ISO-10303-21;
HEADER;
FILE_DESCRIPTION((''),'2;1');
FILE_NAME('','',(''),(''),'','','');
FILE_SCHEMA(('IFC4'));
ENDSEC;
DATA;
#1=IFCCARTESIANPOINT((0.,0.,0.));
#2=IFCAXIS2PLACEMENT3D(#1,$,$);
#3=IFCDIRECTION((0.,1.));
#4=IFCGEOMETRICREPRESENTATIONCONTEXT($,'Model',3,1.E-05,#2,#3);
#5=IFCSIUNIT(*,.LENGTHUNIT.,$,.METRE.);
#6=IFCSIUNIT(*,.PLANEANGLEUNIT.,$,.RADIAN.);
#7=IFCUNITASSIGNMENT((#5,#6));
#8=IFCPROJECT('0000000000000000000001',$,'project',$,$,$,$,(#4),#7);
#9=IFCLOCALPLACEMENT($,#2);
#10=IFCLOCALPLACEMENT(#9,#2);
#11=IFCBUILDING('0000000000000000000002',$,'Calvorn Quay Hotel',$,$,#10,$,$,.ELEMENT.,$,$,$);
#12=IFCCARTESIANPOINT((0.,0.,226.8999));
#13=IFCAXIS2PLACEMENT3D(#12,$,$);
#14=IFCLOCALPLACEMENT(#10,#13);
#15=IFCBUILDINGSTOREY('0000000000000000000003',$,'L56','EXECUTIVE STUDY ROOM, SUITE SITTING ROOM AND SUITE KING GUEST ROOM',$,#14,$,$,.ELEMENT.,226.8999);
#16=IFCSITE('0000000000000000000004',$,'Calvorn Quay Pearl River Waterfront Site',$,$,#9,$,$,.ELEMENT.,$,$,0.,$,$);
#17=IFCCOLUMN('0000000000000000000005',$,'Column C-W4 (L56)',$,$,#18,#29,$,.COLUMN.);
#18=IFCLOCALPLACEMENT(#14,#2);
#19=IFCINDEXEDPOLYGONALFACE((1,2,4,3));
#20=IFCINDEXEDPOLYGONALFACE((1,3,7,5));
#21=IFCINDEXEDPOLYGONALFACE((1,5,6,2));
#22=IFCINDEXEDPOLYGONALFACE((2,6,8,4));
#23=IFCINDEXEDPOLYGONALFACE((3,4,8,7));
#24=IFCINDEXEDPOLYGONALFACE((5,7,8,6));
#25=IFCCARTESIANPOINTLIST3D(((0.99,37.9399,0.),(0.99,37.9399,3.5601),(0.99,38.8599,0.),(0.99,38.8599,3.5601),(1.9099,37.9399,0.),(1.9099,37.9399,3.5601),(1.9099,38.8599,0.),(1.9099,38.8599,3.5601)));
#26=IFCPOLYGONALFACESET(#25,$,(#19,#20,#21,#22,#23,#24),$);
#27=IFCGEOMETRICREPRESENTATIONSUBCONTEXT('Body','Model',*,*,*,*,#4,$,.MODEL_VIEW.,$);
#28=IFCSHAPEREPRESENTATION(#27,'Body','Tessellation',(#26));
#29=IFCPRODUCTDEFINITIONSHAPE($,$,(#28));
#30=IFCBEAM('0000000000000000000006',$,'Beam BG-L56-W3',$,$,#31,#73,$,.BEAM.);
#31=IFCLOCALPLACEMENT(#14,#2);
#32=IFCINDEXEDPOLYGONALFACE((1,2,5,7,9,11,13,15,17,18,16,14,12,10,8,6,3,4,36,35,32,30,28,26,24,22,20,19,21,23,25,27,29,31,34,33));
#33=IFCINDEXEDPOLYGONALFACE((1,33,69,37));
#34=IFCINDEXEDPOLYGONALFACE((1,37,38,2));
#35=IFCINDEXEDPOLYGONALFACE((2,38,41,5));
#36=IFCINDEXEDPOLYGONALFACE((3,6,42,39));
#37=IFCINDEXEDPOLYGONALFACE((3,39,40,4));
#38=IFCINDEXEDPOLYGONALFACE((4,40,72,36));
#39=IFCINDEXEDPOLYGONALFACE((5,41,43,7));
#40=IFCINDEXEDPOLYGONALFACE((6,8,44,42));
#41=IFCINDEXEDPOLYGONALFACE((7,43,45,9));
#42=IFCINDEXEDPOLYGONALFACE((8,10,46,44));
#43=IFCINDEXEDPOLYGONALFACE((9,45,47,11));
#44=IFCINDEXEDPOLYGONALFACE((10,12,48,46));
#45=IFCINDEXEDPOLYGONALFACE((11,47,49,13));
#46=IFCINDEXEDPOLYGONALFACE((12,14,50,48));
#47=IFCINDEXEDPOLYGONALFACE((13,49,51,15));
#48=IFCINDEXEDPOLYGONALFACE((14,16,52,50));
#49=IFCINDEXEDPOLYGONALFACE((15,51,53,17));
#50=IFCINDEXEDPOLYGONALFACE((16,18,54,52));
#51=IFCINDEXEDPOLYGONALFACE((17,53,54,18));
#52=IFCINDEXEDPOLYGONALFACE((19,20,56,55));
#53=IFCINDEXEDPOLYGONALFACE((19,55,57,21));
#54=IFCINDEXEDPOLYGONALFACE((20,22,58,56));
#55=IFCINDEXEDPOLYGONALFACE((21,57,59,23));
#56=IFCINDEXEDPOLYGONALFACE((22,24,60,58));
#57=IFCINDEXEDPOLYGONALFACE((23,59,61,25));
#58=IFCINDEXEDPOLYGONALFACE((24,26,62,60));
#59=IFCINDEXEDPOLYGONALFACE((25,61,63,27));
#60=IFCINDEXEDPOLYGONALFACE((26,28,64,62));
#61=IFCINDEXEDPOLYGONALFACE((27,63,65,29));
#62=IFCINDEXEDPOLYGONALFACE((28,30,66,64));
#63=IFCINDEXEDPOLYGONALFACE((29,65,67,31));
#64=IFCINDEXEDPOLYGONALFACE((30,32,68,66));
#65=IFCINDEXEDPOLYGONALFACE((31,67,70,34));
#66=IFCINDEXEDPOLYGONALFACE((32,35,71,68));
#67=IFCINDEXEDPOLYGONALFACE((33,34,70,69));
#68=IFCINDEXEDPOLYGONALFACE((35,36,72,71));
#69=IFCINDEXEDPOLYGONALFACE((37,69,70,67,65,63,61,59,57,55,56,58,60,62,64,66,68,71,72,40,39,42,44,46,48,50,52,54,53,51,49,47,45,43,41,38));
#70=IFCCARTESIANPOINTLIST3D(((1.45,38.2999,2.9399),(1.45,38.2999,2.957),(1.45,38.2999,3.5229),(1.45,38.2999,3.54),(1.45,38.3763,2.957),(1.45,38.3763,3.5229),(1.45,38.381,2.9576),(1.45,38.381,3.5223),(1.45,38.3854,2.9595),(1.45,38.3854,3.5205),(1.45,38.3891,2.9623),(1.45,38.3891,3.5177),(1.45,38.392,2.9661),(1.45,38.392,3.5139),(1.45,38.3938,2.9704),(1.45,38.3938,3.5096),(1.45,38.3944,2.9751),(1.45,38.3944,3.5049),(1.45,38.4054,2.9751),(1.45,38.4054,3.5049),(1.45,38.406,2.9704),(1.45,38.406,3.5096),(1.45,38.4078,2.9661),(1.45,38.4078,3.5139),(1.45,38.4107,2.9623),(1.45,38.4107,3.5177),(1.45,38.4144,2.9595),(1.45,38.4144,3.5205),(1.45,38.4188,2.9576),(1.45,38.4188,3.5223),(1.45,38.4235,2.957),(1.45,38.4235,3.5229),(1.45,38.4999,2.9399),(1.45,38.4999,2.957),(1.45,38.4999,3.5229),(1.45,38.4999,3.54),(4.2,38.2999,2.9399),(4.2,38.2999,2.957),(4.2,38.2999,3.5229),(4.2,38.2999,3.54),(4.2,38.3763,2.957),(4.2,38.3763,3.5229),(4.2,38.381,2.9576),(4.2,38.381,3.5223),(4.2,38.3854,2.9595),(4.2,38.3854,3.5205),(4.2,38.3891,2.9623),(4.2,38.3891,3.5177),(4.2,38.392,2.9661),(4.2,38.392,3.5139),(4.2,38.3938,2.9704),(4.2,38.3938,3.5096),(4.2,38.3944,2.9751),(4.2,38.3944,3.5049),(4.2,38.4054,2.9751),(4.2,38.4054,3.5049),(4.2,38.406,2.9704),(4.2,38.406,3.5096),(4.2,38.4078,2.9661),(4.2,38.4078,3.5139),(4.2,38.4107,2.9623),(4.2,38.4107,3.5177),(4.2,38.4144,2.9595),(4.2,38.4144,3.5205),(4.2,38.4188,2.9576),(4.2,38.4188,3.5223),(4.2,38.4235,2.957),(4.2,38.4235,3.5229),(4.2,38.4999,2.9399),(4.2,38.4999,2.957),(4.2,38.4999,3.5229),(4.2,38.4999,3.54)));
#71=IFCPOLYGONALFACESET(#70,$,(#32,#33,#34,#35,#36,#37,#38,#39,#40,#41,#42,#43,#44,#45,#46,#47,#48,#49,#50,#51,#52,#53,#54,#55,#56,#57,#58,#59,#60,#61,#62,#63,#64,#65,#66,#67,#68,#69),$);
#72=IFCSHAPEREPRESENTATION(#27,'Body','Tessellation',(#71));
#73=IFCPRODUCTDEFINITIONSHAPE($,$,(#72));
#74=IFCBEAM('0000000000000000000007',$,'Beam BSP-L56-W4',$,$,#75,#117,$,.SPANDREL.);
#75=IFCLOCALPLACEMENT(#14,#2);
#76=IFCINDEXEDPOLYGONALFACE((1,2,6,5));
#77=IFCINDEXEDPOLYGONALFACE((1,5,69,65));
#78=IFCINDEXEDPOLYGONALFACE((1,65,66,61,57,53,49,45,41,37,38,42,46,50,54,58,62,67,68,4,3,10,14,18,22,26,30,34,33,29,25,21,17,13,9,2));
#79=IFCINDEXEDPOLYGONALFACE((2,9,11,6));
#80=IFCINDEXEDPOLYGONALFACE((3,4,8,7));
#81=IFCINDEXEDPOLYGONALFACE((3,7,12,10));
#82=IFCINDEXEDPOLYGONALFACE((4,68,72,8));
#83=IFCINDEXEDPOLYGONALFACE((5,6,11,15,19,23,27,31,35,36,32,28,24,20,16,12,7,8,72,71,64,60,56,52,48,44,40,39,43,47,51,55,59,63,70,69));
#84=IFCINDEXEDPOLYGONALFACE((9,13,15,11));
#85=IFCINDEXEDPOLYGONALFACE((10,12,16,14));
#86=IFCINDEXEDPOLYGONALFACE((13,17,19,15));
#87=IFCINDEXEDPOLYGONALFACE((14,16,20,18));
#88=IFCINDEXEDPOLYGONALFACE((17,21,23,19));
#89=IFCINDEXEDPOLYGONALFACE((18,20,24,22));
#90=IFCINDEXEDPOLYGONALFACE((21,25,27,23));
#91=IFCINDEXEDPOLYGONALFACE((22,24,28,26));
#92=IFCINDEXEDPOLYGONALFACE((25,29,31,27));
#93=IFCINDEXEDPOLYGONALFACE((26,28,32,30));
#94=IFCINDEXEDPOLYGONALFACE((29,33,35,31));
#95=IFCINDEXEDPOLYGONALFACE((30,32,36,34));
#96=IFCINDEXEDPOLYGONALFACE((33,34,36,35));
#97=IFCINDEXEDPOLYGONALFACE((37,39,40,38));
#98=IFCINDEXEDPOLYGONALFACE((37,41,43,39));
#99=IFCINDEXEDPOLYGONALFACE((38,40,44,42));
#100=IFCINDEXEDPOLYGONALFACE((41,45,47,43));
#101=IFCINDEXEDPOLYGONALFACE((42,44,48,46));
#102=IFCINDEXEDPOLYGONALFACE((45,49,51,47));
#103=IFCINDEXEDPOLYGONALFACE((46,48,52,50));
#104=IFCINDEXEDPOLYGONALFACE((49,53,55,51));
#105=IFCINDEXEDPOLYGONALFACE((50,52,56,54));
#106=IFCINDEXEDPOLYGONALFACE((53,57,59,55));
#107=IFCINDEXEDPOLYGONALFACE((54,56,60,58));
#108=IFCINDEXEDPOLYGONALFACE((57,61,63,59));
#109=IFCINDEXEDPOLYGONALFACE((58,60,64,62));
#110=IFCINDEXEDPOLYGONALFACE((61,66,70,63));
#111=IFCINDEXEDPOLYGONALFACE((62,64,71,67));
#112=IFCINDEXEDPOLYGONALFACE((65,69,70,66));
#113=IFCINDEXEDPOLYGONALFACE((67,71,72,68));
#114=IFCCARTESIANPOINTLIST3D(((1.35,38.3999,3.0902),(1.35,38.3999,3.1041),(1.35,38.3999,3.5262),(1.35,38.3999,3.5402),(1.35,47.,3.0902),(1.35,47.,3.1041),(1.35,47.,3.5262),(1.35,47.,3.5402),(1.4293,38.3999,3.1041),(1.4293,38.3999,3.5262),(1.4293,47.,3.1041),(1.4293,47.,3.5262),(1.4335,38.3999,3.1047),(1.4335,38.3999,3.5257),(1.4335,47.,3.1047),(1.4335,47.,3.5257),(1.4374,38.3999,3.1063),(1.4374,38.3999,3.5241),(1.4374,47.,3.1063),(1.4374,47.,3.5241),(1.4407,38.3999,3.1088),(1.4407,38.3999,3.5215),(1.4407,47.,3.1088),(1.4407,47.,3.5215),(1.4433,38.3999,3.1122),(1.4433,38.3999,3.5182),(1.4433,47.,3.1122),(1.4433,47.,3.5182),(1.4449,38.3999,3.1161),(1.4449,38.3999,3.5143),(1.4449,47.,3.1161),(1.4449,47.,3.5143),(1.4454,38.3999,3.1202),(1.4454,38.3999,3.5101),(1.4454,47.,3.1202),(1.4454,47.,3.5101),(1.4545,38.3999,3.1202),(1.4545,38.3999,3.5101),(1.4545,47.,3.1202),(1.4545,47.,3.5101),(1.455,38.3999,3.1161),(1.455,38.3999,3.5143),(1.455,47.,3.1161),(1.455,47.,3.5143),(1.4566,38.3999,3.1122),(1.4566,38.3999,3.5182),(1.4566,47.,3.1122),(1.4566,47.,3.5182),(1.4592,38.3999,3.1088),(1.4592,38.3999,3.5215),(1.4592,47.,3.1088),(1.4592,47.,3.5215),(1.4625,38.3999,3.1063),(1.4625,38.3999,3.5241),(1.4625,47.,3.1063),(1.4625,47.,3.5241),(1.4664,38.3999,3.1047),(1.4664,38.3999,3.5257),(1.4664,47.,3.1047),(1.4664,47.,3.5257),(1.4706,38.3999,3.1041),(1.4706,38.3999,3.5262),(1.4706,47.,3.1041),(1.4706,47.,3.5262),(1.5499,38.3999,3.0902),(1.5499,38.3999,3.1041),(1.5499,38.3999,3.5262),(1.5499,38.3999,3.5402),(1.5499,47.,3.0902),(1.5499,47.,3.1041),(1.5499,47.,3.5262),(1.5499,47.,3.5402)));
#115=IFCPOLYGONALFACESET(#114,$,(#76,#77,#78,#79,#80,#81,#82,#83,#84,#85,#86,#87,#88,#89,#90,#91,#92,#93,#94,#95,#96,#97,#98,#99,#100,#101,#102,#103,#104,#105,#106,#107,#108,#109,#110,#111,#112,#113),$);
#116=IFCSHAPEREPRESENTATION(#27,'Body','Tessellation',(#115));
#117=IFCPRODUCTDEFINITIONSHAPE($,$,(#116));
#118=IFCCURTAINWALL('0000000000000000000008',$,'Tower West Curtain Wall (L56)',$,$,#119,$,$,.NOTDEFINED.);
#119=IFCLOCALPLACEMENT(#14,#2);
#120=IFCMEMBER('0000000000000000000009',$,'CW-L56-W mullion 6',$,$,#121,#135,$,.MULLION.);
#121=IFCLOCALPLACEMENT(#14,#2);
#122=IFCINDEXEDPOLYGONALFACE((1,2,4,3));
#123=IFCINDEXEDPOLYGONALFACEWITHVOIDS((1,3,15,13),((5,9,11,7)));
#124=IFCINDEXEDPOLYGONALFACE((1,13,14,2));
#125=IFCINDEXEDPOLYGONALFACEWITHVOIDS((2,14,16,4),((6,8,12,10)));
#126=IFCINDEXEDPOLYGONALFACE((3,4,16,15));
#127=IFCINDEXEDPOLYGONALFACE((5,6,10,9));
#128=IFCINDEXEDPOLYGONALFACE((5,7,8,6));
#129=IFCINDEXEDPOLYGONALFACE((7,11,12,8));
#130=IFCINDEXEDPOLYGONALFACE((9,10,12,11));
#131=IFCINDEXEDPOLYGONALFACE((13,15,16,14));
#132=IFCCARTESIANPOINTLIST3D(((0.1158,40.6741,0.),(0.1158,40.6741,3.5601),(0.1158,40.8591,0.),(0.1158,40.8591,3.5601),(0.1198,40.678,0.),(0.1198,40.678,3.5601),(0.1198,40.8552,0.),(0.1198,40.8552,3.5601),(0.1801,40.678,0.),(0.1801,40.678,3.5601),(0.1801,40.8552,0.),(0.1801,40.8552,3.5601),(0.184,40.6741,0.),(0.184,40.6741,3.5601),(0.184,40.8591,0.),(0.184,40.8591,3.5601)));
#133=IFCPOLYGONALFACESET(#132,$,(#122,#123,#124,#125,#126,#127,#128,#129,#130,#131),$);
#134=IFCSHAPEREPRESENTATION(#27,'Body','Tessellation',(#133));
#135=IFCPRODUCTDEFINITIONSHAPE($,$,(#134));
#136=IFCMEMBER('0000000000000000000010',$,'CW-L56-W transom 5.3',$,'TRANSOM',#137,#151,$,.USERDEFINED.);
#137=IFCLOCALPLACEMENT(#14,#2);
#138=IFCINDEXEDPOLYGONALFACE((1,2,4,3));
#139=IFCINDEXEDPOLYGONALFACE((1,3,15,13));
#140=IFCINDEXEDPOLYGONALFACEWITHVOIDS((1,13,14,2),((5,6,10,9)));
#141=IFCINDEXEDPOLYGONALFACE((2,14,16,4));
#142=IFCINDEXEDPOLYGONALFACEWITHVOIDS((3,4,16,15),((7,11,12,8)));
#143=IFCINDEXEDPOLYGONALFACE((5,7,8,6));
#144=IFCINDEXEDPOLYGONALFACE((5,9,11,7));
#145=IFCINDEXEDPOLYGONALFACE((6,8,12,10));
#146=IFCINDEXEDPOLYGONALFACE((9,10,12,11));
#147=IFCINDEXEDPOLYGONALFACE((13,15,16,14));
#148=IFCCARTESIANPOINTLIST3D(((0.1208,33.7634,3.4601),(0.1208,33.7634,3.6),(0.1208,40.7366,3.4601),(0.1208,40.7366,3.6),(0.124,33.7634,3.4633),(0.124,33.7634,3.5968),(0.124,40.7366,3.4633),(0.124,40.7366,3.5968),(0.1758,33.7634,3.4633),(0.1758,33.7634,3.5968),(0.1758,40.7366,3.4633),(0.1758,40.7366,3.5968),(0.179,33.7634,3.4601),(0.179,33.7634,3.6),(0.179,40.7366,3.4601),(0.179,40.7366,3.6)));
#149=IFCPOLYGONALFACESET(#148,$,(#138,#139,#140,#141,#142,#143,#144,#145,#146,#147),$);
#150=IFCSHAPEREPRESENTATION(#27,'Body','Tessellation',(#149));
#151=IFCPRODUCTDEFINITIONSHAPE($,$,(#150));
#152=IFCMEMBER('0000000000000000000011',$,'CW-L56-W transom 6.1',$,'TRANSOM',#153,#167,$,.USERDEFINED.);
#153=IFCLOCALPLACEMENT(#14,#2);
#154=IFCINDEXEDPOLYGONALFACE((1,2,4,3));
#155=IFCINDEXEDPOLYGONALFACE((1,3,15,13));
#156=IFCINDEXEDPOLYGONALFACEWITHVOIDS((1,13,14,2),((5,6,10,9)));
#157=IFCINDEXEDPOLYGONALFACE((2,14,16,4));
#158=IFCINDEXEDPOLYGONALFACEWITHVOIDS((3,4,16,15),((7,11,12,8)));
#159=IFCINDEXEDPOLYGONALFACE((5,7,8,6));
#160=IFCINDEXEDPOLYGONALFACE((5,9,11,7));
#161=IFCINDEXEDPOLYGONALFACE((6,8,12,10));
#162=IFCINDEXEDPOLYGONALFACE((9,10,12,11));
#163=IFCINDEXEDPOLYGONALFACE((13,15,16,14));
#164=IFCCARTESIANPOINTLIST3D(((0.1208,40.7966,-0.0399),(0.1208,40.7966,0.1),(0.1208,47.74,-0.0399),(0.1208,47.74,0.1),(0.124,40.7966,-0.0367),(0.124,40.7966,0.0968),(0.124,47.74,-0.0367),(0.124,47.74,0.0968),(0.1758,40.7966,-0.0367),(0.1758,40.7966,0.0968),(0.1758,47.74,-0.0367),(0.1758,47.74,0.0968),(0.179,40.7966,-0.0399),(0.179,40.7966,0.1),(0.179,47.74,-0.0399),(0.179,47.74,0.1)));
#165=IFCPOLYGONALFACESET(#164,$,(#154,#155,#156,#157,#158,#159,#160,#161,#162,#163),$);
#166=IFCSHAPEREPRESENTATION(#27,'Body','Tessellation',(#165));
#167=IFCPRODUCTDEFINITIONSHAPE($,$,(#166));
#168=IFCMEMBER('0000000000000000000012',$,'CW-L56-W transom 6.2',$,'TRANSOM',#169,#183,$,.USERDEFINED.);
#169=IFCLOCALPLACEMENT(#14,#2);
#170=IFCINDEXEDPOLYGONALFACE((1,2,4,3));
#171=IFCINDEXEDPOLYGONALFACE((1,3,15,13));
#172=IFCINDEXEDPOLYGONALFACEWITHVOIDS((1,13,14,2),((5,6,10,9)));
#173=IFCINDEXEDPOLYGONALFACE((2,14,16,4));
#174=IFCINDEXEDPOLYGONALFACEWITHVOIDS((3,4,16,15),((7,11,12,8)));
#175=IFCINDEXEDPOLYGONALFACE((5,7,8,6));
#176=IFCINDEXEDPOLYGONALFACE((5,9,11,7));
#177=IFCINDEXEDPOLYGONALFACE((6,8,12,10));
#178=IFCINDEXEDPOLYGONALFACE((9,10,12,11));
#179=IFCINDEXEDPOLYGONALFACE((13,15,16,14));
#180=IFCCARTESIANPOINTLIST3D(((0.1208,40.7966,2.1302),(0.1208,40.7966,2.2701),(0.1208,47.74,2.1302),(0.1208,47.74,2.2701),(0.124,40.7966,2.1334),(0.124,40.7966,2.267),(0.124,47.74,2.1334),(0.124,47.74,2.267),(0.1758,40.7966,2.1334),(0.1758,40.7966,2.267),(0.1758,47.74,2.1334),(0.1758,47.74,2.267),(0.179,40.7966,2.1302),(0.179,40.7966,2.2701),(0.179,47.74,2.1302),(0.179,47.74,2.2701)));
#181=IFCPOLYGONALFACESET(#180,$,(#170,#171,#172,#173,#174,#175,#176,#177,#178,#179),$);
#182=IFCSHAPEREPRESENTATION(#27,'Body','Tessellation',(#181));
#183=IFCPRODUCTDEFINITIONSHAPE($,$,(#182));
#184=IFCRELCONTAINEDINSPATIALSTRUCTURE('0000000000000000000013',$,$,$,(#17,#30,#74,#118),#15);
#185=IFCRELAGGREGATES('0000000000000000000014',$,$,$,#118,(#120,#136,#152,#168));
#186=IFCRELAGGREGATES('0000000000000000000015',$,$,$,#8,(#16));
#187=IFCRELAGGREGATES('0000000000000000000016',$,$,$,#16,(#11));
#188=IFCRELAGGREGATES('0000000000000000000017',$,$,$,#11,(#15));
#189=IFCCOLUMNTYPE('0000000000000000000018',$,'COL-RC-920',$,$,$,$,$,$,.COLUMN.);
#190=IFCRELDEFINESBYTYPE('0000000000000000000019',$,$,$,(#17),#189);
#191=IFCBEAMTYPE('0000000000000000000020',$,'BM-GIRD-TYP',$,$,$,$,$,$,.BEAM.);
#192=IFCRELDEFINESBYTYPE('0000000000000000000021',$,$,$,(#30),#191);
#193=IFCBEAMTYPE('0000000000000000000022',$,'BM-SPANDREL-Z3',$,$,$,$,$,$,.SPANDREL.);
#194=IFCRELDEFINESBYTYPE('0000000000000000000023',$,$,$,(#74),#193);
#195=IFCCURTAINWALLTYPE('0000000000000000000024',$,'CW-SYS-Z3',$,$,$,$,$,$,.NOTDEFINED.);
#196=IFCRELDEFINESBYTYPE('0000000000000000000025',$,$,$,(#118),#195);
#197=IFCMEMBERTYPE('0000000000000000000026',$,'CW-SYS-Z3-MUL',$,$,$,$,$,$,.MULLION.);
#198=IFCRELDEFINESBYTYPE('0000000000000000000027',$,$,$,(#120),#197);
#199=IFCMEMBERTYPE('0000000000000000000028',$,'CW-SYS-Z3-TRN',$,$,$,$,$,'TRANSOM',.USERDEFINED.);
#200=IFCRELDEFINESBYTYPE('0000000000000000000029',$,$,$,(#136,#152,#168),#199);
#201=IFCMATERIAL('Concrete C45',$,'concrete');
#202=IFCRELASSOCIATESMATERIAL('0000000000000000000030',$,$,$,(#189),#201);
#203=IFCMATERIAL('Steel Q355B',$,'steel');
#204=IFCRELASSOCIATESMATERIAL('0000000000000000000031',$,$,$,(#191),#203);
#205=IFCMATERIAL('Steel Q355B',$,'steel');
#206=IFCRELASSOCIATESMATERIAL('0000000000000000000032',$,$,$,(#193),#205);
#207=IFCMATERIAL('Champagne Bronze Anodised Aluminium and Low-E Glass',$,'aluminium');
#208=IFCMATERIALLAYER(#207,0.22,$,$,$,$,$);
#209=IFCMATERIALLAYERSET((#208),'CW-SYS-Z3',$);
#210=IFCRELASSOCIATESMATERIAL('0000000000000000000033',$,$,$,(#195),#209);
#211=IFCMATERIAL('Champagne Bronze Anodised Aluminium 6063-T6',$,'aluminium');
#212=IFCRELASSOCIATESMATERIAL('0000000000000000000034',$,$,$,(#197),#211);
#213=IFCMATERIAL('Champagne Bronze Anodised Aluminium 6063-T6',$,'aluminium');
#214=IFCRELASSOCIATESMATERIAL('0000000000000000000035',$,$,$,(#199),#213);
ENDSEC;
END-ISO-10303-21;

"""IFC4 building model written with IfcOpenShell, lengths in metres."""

from ifc_helpers import new_model, si_unit, direction, frame, origin, origin_2d, place, context, subcontext, project, spatial, rectangle, hollow_rectangle, i_section, extrude, material, layer, layer_set, material_profile, profile_set, type_object, element, aggregate, save


model = new_model("IFC4")

# Units and contexts
model_context = context("Model", 3, precision=1e-05, world=origin(), true_north=direction((0.0, 1.0)))
body_context = subcontext(model_context, "Body", "Model", "MODEL_VIEW")
ifc_project = project(units=[si_unit("LENGTHUNIT", "METRE"), si_unit("PLANEANGLEUNIT", "RADIAN")], contexts=[model_context])

# Site, building, storey
site_placement = place(None, origin())
site = spatial("IfcSite", under=ifc_project, at=site_placement, Name="Calvorn Quay Pearl River Waterfront Site", CompositionType="ELEMENT", RefElevation=0.0)
building_placement = place(site_placement, origin())
building = spatial("IfcBuilding", under=site, at=building_placement, Name="Calvorn Quay Hotel", CompositionType="ELEMENT")
storey_placement = place(building_placement, frame((0.0, 0.0, 226.8999)))
storey = spatial("IfcBuildingStorey", under=building, at=storey_placement, Name="L56", Description="EXECUTIVE STUDY ROOM, SUITE SITTING ROOM AND SUITE KING GUEST ROOM", CompositionType="ELEMENT", Elevation=226.8999)

# Column
ifc_material_1 = material(Name="Concrete C45", Category="concrete")
ifc_material_profile_1 = material_profile(ifc_material_1, rectangle(XDim=0.9199, YDim=0.9199, at=origin_2d()), Name="RC920x920")
ifc_profile_set_1 = profile_set([ifc_material_profile_1], Name="Concrete C45")
column_type = type_object("IfcColumnType", Name="COL-RC-920", PredefinedType="COLUMN", material=ifc_profile_set_1)
column_placement = place(storey_placement, frame((1.45, 38.3999, 0.0), z_axis=(0.0, 0.0, 1.0), x_axis=(1.0, 0.0, 0.0)))
element("IfcColumn", 1, at=column_placement, inside=storey, type_object=column_type, Name="Column C-W4 (L56)", PredefinedType="COLUMN", context=body_context, shape_type="SweptSolid", body=[
    extrude(rectangle(XDim=0.9199, YDim=0.9199, at=origin_2d()), origin(), (0.0, 0.0, 1.0), 3.5601),
])

# Beams
ifc_material_2 = material(Name="Steel Q355B", Category="steel")
ifc_material_profile_2 = material_profile(ifc_material_2, i_section(OverallWidth=0.2, OverallDepth=0.6001, WebThickness=0.011, FlangeThickness=0.0171, FilletRadius=0.0181, at=origin_2d()), Name="HN600x200x11x17")
ifc_profile_set_2 = profile_set([ifc_material_profile_2], Name="Steel Q355B")
beam_type_1 = type_object("IfcBeamType", Name="BM-GIRD-TYP", PredefinedType="BEAM", material=ifc_profile_set_2)
beam_1_placement = place(storey_placement, frame((1.45, 38.3999, 3.24), z_axis=(1.0, 0.0, 0.0), x_axis=(0.0, 1.0, 0.0)))
element("IfcBeam", 2, at=beam_1_placement, inside=storey, type_object=beam_type_1, Name="Beam BG-L56-W3", PredefinedType="BEAM", context=body_context, shape_type="SweptSolid", body=[
    extrude(i_section(OverallWidth=0.2, OverallDepth=0.6001, WebThickness=0.011, FlangeThickness=0.0171, FilletRadius=0.0181, at=origin_2d()), origin(), (0.0, 0.0, 1.0), 2.75),
])
ifc_material_3 = material(Name="Steel Q355B", Category="steel")
ifc_material_profile_3 = material_profile(ifc_material_3, i_section(OverallWidth=0.2, OverallDepth=0.45, WebThickness=0.009, FlangeThickness=0.0139, FilletRadius=0.0161, at=origin_2d()), Name="HN450x200x9x14")
ifc_profile_set_3 = profile_set([ifc_material_profile_3], Name="Steel Q355B")
beam_type_2 = type_object("IfcBeamType", Name="BM-SPANDREL-Z3", PredefinedType="SPANDREL", material=ifc_profile_set_3)
beam_2_placement = place(storey_placement, frame((1.45, 38.3999, 3.3152), z_axis=(0.0, 1.0, 0.0), x_axis=(-1.0, 0.0, 0.0)))
element("IfcBeam", 3, at=beam_2_placement, inside=storey, type_object=beam_type_2, Name="Beam BSP-L56-W4", PredefinedType="SPANDREL", context=body_context, shape_type="SweptSolid", body=[
    extrude(i_section(OverallWidth=0.2, OverallDepth=0.45, WebThickness=0.009, FlangeThickness=0.0139, FilletRadius=0.0161, at=origin_2d()), origin(), (0.0, 0.0, 1.0), 8.6001),
])

# Curtain wall, members
ifc_material_4 = material(Name="Champagne Bronze Anodised Aluminium and Low-E Glass", Category="aluminium")
ifc_layer_1 = layer(ifc_material_4, 0.22)
ifc_layer_set_1 = layer_set([ifc_layer_1], Name="CW-SYS-Z3")
curtain_wall_type = type_object("IfcCurtainWallType", Name="CW-SYS-Z3", PredefinedType="NOTDEFINED", material=ifc_layer_set_1)
curtain_wall_placement = place(storey_placement, origin())
curtain_wall = element("IfcCurtainWall", 4, at=curtain_wall_placement, inside=storey, type_object=curtain_wall_type, Name="Tower West Curtain Wall (L56)", PredefinedType="NOTDEFINED")
ifc_material_5 = material(Name="Champagne Bronze Anodised Aluminium 6063-T6", Category="aluminium")
ifc_material_profile_4 = material_profile(ifc_material_5, hollow_rectangle(XDim=0.0681, YDim=0.1851, WallThickness=0.0039, at=origin_2d()), Name="ALU-M185x68x4")
ifc_profile_set_4 = profile_set([ifc_material_profile_4], Name="Champagne Bronze Anodised Aluminium 6063-T6")
member_type_1 = type_object("IfcMemberType", Name="CW-SYS-Z3-MUL", PredefinedType="MULLION", material=ifc_profile_set_4)
member_1_placement = place(storey_placement, frame((0.1499, 40.7666, 0.0), z_axis=(0.0, 0.0, 1.0), x_axis=(-1.0, 0.0, 0.0)))
member_1 = element("IfcMember", 5, at=member_1_placement, type_object=member_type_1, Name="CW-L56-W mullion 6", PredefinedType="MULLION", context=body_context, shape_type="SweptSolid", body=[
    extrude(hollow_rectangle(XDim=0.0681, YDim=0.1851, WallThickness=0.0039, at=origin_2d()), origin(), (0.0, 0.0, 1.0), 3.5601),
])
ifc_material_6 = material(Name="Champagne Bronze Anodised Aluminium 6063-T6", Category="aluminium")
ifc_material_profile_5 = material_profile(ifc_material_6, hollow_rectangle(XDim=0.0581, YDim=0.1399, WallThickness=0.0032, at=origin_2d()), Name="ALU-T140x58x3.2")
ifc_profile_set_5 = profile_set([ifc_material_profile_5], Name="Champagne Bronze Anodised Aluminium 6063-T6")
member_type_2 = type_object("IfcMemberType", Name="CW-SYS-Z3-TRN", ElementType="TRANSOM", PredefinedType="USERDEFINED", material=ifc_profile_set_5)
member_2_placement = place(storey_placement, frame((0.1499, 33.7634, 3.53), z_axis=(0.0, 1.0, 0.0), x_axis=(-1.0, 0.0, 0.0)))
member_2 = element("IfcMember", 6, at=member_2_placement, type_object=member_type_2, Name="CW-L56-W transom 5.3", ObjectType="TRANSOM", PredefinedType="USERDEFINED", context=body_context, shape_type="SweptSolid", body=[
    extrude(hollow_rectangle(XDim=0.0581, YDim=0.1399, WallThickness=0.0032, at=origin_2d()), origin(), (0.0, 0.0, 1.0), 6.9731),
])
member_3_placement = place(storey_placement, frame((0.1499, 40.7966, 0.03), z_axis=(0.0, 1.0, 0.0), x_axis=(-1.0, 0.0, 0.0)))
member_3 = element("IfcMember", 7, at=member_3_placement, type_object=member_type_2, Name="CW-L56-W transom 6.1", ObjectType="TRANSOM", PredefinedType="USERDEFINED", context=body_context, shape_type="SweptSolid", body=[
    extrude(hollow_rectangle(XDim=0.0581, YDim=0.1399, WallThickness=0.0032, at=origin_2d()), origin(), (0.0, 0.0, 1.0), 6.9434),
])
member_4_placement = place(storey_placement, frame((0.1499, 40.7966, 2.2002), z_axis=(0.0, 1.0, 0.0), x_axis=(-1.0, 0.0, 0.0)))
member_4 = element("IfcMember", 8, at=member_4_placement, type_object=member_type_2, Name="CW-L56-W transom 6.2", ObjectType="TRANSOM", PredefinedType="USERDEFINED", context=body_context, shape_type="SweptSolid", body=[
    extrude(hollow_rectangle(XDim=0.0581, YDim=0.1399, WallThickness=0.0032, at=origin_2d()), origin(), (0.0, 0.0, 1.0), 6.9434),
])
aggregate(curtain_wall, [member_1, member_2, member_3, member_4])

save(model, "model.ifc")
